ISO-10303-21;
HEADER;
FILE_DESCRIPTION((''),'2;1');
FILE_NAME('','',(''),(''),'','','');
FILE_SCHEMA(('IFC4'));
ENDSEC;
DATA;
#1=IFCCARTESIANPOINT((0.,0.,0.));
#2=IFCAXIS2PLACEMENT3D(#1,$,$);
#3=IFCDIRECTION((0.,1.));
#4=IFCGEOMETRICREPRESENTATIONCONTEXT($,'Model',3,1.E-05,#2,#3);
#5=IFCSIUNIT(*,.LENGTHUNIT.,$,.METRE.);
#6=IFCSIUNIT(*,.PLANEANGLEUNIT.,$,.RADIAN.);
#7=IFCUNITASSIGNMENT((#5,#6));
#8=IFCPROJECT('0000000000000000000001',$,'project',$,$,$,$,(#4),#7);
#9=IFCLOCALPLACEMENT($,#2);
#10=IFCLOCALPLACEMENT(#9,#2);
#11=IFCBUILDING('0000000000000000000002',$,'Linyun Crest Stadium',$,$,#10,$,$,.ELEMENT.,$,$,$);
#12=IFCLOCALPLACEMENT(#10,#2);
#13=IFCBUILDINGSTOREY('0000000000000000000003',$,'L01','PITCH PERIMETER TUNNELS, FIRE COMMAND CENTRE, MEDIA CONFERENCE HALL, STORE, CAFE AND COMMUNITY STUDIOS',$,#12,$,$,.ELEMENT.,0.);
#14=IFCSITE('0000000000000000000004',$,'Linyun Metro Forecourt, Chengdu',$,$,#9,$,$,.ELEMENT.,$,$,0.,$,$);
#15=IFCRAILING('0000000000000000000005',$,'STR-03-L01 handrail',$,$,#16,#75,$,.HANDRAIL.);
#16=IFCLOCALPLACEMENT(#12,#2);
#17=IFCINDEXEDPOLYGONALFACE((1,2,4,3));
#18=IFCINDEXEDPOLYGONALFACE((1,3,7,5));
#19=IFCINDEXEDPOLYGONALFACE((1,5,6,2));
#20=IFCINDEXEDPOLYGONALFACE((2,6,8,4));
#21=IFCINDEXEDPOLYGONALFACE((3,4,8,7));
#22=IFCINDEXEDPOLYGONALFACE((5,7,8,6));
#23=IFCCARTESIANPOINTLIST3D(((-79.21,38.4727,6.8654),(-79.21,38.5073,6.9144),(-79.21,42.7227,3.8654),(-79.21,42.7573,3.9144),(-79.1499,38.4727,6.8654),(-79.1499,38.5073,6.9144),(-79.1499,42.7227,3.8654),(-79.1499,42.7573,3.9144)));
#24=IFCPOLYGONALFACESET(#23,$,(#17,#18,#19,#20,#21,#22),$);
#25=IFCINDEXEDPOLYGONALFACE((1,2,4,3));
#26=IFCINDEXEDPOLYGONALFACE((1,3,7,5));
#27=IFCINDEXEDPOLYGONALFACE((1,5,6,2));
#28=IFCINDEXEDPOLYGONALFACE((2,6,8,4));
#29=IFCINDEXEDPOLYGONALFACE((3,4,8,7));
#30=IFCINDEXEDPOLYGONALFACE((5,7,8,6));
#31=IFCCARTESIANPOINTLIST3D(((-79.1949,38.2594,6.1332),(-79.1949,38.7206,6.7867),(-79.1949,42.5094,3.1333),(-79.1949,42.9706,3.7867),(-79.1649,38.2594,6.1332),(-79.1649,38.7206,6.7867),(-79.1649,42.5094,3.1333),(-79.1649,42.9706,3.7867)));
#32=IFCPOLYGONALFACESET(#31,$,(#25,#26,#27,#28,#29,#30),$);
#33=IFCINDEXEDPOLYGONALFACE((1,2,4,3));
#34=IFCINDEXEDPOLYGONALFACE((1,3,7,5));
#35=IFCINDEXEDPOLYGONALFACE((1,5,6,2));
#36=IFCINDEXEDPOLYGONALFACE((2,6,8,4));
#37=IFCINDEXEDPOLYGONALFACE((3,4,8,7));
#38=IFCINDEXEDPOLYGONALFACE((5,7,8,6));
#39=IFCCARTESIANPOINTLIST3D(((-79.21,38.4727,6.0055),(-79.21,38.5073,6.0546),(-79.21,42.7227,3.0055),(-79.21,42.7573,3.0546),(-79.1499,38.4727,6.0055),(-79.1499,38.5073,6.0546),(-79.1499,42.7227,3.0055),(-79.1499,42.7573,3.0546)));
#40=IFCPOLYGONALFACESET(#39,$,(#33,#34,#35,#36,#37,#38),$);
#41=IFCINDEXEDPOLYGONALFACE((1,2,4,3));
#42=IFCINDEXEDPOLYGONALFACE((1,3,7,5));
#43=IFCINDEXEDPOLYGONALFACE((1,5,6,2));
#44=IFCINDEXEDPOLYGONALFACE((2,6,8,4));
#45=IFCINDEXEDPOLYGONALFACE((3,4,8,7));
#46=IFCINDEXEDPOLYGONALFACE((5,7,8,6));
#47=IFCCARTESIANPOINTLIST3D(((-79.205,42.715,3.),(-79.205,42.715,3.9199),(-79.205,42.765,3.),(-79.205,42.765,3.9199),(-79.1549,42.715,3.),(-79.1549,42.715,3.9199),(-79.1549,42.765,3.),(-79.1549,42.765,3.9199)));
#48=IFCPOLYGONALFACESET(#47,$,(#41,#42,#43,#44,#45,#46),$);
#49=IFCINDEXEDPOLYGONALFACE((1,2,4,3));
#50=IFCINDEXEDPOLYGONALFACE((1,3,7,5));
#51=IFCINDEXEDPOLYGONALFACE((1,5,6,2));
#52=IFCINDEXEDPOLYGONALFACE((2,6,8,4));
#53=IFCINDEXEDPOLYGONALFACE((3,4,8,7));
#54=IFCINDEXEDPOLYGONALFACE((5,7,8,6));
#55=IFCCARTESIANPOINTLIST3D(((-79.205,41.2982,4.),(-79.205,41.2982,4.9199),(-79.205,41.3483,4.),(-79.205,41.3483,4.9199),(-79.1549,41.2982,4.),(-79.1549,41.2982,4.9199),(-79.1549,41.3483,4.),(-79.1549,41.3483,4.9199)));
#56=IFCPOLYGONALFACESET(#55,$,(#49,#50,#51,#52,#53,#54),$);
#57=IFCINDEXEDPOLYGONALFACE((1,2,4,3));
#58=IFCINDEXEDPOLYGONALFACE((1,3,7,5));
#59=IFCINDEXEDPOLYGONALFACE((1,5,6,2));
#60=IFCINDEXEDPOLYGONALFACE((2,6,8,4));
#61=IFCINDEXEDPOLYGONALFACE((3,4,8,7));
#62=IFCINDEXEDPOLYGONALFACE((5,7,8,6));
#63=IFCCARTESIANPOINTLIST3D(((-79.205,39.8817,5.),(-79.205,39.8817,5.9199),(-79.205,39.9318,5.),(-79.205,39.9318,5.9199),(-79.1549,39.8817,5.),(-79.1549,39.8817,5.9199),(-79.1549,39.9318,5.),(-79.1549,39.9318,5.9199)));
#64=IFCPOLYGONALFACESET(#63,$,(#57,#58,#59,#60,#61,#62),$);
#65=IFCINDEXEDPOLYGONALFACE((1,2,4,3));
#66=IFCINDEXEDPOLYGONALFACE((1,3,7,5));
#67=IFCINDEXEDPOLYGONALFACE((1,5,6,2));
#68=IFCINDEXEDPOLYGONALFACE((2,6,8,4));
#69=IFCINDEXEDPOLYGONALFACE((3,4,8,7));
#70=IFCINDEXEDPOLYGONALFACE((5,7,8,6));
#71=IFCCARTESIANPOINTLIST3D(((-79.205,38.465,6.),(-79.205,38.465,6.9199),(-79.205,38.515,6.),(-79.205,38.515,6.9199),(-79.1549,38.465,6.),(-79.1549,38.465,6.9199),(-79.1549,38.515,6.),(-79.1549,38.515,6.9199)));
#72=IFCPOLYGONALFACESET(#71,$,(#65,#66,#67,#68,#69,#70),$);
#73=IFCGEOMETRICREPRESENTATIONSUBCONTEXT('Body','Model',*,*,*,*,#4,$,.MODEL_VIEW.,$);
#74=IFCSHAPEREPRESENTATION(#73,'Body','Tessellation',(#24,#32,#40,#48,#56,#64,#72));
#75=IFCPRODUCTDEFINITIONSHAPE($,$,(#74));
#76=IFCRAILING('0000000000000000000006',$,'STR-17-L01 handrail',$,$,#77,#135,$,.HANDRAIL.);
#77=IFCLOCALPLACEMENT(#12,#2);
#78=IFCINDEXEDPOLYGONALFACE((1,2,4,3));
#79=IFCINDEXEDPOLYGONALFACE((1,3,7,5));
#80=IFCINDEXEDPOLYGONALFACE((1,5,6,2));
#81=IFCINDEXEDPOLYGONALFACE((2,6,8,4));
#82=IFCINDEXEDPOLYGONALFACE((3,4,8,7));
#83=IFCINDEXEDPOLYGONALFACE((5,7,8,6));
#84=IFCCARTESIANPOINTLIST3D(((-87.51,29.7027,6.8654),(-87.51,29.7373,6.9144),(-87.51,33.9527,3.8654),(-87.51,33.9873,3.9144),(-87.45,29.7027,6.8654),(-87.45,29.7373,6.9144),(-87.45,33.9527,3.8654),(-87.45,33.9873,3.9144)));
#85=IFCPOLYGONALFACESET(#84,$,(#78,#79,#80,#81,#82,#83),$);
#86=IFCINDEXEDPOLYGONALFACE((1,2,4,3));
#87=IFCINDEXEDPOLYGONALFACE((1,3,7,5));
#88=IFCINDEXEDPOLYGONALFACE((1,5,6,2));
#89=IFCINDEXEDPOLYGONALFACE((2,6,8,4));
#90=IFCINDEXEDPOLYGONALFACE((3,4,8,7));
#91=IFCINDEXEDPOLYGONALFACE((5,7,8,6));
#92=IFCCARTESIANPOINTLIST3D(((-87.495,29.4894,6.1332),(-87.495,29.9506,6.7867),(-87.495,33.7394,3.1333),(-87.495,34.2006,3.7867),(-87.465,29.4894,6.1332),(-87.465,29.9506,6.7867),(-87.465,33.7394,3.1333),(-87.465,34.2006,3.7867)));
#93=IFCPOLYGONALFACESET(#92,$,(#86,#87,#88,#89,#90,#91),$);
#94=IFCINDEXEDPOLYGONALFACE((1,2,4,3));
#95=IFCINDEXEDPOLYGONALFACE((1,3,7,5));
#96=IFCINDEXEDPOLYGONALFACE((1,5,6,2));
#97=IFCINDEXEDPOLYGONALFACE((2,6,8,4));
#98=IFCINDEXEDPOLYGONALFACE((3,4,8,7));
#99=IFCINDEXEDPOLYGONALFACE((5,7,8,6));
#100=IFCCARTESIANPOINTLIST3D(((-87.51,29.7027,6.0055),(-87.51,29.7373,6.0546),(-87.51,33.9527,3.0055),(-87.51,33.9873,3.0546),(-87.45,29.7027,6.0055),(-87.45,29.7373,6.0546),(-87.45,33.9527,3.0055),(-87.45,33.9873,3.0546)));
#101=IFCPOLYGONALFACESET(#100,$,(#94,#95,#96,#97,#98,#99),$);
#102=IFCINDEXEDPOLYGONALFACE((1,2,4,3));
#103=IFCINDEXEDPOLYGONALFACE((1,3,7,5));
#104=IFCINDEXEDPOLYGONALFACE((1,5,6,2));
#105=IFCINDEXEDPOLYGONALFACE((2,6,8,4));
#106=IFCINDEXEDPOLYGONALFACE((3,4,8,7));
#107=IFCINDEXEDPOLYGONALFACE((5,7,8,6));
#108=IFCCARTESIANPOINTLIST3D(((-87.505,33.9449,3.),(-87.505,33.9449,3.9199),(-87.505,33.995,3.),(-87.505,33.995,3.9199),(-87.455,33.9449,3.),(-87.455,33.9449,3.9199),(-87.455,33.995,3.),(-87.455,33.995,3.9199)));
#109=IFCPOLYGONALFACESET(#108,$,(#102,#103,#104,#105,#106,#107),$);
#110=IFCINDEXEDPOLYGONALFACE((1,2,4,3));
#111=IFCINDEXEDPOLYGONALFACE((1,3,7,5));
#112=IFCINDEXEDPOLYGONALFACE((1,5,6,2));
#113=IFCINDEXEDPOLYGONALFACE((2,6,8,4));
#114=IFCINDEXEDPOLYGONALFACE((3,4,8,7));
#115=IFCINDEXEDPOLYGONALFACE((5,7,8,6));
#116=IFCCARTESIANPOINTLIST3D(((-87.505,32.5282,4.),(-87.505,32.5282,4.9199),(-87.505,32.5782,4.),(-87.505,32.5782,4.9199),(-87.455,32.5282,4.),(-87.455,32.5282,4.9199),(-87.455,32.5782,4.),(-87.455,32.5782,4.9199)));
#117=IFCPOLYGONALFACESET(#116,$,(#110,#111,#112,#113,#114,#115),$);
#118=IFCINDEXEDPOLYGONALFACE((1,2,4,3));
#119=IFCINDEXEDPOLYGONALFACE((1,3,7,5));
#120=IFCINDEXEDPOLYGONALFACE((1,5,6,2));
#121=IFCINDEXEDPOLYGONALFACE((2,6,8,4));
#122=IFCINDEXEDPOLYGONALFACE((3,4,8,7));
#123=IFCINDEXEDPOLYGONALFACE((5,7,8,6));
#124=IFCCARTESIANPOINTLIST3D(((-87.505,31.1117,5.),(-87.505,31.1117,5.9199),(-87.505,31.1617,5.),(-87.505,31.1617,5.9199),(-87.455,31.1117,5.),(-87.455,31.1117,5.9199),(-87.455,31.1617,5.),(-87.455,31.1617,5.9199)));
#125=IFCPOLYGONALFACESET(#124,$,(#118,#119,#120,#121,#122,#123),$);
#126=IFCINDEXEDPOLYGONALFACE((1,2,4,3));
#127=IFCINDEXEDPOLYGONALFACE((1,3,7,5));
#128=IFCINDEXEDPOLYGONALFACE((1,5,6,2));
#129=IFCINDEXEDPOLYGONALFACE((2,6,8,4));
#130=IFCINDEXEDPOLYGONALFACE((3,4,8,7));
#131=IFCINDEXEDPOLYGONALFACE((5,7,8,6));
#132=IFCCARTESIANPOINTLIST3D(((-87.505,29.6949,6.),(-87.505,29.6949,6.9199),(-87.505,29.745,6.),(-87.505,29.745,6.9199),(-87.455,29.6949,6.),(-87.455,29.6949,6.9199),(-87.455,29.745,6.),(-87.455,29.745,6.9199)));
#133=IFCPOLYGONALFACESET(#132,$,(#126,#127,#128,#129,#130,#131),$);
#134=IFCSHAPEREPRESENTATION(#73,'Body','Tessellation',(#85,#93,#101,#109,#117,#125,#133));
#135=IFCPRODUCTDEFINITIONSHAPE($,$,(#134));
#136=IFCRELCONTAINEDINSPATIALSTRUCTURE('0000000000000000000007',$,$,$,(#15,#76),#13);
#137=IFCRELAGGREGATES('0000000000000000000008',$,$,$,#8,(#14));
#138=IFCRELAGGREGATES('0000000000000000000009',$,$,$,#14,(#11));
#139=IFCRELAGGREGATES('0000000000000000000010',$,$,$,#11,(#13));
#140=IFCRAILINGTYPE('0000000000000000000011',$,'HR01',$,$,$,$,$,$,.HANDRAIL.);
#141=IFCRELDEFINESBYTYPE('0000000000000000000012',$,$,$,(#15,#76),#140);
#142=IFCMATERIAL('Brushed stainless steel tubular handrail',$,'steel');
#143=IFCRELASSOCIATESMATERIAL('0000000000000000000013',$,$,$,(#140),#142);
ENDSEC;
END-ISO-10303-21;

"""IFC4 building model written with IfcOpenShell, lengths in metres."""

from ifc_helpers import new_model, si_unit, direction, frame, origin, origin_2d, place, context, subcontext, project, spatial, rectangle, extrude, material, type_object, element, save


model = new_model("IFC4")

# Units and contexts
model_context = context("Model", 3, precision=1e-05, world=origin(), true_north=direction((0.0, 1.0)))
body_context = subcontext(model_context, "Body", "Model", "MODEL_VIEW")
ifc_project = project(units=[si_unit("LENGTHUNIT", "METRE"), si_unit("PLANEANGLEUNIT", "RADIAN")], contexts=[model_context])

# Site, building, storey
site_placement = place(None, origin())
site = spatial("IfcSite", under=ifc_project, at=site_placement, Name="Linyun Metro Forecourt, Chengdu", CompositionType="ELEMENT", RefElevation=0.0)
building_placement = place(site_placement, origin())
building = spatial("IfcBuilding", under=site, at=building_placement, Name="Linyun Crest Stadium", CompositionType="ELEMENT")
storey_placement = place(building_placement, origin())
storey = spatial("IfcBuildingStorey", under=building, at=storey_placement, Name="L01", Description="PITCH PERIMETER TUNNELS, FIRE COMMAND CENTRE, MEDIA CONFERENCE HALL, STORE, CAFE AND COMMUNITY STUDIOS", CompositionType="ELEMENT", Elevation=0.0)

# Railings
ifc_material_1 = material(Name="Brushed stainless steel tubular handrail", Category="steel")
railing_type_1 = type_object("IfcRailingType", Name="HR01", PredefinedType="HANDRAIL", material=ifc_material_1)
for number, where, name in (
    (1, (-79.1799, 42.74, 3.0), "STR-03-L01 handrail"),
    (2, (-87.48, 33.97, 3.0), "STR-17-L01 handrail"),
):
    element("IfcRailing", number, at=place(storey_placement, frame(where)), inside=storey, type_object=railing_type_1, Name=name, PredefinedType="HANDRAIL", context=body_context, shape_type="SweptSolid", body=[
        extrude(rectangle(XDim=0.0601, YDim=0.0601, at=origin_2d()), frame((0.0, 0.0, 0.8899), z_axis=(0.0, -0.816968, 0.576683), x_axis=(1.0, 0.0, 0.0)), (0.0, 0.0, 1.0), 5.2021),
        extrude(rectangle(XDim=0.03, YDim=0.7998, at=origin_2d()), frame((0.0, 0.0, 0.46), z_axis=(0.0, -0.816968, 0.576683), x_axis=(1.0, 0.0, 0.0)), (0.0, 0.0, 1.0), 5.2021),
        extrude(rectangle(XDim=0.0601, YDim=0.0601, at=origin_2d()), frame((0.0, 0.0, 0.03), z_axis=(0.0, -0.816968, 0.576683), x_axis=(1.0, 0.0, 0.0)), (0.0, 0.0, 1.0), 5.2021),
        extrude(rectangle(XDim=0.05, YDim=0.05, at=origin_2d()), origin(), (0.0, 0.0, 1.0), 0.9199),
        extrude(rectangle(XDim=0.05, YDim=0.05, at=origin_2d()), frame((0.0, -1.4167, 1.0)), (0.0, 0.0, 1.0), 0.9199),
        extrude(rectangle(XDim=0.05, YDim=0.05, at=origin_2d()), frame((0.0, -2.8333, 2.0)), (0.0, 0.0, 1.0), 0.9199),
        extrude(rectangle(XDim=0.05, YDim=0.05, at=origin_2d()), frame((0.0, -4.25, 3.0)), (0.0, 0.0, 1.0), 0.9199),
    ])

save(model, "model.ifc")
